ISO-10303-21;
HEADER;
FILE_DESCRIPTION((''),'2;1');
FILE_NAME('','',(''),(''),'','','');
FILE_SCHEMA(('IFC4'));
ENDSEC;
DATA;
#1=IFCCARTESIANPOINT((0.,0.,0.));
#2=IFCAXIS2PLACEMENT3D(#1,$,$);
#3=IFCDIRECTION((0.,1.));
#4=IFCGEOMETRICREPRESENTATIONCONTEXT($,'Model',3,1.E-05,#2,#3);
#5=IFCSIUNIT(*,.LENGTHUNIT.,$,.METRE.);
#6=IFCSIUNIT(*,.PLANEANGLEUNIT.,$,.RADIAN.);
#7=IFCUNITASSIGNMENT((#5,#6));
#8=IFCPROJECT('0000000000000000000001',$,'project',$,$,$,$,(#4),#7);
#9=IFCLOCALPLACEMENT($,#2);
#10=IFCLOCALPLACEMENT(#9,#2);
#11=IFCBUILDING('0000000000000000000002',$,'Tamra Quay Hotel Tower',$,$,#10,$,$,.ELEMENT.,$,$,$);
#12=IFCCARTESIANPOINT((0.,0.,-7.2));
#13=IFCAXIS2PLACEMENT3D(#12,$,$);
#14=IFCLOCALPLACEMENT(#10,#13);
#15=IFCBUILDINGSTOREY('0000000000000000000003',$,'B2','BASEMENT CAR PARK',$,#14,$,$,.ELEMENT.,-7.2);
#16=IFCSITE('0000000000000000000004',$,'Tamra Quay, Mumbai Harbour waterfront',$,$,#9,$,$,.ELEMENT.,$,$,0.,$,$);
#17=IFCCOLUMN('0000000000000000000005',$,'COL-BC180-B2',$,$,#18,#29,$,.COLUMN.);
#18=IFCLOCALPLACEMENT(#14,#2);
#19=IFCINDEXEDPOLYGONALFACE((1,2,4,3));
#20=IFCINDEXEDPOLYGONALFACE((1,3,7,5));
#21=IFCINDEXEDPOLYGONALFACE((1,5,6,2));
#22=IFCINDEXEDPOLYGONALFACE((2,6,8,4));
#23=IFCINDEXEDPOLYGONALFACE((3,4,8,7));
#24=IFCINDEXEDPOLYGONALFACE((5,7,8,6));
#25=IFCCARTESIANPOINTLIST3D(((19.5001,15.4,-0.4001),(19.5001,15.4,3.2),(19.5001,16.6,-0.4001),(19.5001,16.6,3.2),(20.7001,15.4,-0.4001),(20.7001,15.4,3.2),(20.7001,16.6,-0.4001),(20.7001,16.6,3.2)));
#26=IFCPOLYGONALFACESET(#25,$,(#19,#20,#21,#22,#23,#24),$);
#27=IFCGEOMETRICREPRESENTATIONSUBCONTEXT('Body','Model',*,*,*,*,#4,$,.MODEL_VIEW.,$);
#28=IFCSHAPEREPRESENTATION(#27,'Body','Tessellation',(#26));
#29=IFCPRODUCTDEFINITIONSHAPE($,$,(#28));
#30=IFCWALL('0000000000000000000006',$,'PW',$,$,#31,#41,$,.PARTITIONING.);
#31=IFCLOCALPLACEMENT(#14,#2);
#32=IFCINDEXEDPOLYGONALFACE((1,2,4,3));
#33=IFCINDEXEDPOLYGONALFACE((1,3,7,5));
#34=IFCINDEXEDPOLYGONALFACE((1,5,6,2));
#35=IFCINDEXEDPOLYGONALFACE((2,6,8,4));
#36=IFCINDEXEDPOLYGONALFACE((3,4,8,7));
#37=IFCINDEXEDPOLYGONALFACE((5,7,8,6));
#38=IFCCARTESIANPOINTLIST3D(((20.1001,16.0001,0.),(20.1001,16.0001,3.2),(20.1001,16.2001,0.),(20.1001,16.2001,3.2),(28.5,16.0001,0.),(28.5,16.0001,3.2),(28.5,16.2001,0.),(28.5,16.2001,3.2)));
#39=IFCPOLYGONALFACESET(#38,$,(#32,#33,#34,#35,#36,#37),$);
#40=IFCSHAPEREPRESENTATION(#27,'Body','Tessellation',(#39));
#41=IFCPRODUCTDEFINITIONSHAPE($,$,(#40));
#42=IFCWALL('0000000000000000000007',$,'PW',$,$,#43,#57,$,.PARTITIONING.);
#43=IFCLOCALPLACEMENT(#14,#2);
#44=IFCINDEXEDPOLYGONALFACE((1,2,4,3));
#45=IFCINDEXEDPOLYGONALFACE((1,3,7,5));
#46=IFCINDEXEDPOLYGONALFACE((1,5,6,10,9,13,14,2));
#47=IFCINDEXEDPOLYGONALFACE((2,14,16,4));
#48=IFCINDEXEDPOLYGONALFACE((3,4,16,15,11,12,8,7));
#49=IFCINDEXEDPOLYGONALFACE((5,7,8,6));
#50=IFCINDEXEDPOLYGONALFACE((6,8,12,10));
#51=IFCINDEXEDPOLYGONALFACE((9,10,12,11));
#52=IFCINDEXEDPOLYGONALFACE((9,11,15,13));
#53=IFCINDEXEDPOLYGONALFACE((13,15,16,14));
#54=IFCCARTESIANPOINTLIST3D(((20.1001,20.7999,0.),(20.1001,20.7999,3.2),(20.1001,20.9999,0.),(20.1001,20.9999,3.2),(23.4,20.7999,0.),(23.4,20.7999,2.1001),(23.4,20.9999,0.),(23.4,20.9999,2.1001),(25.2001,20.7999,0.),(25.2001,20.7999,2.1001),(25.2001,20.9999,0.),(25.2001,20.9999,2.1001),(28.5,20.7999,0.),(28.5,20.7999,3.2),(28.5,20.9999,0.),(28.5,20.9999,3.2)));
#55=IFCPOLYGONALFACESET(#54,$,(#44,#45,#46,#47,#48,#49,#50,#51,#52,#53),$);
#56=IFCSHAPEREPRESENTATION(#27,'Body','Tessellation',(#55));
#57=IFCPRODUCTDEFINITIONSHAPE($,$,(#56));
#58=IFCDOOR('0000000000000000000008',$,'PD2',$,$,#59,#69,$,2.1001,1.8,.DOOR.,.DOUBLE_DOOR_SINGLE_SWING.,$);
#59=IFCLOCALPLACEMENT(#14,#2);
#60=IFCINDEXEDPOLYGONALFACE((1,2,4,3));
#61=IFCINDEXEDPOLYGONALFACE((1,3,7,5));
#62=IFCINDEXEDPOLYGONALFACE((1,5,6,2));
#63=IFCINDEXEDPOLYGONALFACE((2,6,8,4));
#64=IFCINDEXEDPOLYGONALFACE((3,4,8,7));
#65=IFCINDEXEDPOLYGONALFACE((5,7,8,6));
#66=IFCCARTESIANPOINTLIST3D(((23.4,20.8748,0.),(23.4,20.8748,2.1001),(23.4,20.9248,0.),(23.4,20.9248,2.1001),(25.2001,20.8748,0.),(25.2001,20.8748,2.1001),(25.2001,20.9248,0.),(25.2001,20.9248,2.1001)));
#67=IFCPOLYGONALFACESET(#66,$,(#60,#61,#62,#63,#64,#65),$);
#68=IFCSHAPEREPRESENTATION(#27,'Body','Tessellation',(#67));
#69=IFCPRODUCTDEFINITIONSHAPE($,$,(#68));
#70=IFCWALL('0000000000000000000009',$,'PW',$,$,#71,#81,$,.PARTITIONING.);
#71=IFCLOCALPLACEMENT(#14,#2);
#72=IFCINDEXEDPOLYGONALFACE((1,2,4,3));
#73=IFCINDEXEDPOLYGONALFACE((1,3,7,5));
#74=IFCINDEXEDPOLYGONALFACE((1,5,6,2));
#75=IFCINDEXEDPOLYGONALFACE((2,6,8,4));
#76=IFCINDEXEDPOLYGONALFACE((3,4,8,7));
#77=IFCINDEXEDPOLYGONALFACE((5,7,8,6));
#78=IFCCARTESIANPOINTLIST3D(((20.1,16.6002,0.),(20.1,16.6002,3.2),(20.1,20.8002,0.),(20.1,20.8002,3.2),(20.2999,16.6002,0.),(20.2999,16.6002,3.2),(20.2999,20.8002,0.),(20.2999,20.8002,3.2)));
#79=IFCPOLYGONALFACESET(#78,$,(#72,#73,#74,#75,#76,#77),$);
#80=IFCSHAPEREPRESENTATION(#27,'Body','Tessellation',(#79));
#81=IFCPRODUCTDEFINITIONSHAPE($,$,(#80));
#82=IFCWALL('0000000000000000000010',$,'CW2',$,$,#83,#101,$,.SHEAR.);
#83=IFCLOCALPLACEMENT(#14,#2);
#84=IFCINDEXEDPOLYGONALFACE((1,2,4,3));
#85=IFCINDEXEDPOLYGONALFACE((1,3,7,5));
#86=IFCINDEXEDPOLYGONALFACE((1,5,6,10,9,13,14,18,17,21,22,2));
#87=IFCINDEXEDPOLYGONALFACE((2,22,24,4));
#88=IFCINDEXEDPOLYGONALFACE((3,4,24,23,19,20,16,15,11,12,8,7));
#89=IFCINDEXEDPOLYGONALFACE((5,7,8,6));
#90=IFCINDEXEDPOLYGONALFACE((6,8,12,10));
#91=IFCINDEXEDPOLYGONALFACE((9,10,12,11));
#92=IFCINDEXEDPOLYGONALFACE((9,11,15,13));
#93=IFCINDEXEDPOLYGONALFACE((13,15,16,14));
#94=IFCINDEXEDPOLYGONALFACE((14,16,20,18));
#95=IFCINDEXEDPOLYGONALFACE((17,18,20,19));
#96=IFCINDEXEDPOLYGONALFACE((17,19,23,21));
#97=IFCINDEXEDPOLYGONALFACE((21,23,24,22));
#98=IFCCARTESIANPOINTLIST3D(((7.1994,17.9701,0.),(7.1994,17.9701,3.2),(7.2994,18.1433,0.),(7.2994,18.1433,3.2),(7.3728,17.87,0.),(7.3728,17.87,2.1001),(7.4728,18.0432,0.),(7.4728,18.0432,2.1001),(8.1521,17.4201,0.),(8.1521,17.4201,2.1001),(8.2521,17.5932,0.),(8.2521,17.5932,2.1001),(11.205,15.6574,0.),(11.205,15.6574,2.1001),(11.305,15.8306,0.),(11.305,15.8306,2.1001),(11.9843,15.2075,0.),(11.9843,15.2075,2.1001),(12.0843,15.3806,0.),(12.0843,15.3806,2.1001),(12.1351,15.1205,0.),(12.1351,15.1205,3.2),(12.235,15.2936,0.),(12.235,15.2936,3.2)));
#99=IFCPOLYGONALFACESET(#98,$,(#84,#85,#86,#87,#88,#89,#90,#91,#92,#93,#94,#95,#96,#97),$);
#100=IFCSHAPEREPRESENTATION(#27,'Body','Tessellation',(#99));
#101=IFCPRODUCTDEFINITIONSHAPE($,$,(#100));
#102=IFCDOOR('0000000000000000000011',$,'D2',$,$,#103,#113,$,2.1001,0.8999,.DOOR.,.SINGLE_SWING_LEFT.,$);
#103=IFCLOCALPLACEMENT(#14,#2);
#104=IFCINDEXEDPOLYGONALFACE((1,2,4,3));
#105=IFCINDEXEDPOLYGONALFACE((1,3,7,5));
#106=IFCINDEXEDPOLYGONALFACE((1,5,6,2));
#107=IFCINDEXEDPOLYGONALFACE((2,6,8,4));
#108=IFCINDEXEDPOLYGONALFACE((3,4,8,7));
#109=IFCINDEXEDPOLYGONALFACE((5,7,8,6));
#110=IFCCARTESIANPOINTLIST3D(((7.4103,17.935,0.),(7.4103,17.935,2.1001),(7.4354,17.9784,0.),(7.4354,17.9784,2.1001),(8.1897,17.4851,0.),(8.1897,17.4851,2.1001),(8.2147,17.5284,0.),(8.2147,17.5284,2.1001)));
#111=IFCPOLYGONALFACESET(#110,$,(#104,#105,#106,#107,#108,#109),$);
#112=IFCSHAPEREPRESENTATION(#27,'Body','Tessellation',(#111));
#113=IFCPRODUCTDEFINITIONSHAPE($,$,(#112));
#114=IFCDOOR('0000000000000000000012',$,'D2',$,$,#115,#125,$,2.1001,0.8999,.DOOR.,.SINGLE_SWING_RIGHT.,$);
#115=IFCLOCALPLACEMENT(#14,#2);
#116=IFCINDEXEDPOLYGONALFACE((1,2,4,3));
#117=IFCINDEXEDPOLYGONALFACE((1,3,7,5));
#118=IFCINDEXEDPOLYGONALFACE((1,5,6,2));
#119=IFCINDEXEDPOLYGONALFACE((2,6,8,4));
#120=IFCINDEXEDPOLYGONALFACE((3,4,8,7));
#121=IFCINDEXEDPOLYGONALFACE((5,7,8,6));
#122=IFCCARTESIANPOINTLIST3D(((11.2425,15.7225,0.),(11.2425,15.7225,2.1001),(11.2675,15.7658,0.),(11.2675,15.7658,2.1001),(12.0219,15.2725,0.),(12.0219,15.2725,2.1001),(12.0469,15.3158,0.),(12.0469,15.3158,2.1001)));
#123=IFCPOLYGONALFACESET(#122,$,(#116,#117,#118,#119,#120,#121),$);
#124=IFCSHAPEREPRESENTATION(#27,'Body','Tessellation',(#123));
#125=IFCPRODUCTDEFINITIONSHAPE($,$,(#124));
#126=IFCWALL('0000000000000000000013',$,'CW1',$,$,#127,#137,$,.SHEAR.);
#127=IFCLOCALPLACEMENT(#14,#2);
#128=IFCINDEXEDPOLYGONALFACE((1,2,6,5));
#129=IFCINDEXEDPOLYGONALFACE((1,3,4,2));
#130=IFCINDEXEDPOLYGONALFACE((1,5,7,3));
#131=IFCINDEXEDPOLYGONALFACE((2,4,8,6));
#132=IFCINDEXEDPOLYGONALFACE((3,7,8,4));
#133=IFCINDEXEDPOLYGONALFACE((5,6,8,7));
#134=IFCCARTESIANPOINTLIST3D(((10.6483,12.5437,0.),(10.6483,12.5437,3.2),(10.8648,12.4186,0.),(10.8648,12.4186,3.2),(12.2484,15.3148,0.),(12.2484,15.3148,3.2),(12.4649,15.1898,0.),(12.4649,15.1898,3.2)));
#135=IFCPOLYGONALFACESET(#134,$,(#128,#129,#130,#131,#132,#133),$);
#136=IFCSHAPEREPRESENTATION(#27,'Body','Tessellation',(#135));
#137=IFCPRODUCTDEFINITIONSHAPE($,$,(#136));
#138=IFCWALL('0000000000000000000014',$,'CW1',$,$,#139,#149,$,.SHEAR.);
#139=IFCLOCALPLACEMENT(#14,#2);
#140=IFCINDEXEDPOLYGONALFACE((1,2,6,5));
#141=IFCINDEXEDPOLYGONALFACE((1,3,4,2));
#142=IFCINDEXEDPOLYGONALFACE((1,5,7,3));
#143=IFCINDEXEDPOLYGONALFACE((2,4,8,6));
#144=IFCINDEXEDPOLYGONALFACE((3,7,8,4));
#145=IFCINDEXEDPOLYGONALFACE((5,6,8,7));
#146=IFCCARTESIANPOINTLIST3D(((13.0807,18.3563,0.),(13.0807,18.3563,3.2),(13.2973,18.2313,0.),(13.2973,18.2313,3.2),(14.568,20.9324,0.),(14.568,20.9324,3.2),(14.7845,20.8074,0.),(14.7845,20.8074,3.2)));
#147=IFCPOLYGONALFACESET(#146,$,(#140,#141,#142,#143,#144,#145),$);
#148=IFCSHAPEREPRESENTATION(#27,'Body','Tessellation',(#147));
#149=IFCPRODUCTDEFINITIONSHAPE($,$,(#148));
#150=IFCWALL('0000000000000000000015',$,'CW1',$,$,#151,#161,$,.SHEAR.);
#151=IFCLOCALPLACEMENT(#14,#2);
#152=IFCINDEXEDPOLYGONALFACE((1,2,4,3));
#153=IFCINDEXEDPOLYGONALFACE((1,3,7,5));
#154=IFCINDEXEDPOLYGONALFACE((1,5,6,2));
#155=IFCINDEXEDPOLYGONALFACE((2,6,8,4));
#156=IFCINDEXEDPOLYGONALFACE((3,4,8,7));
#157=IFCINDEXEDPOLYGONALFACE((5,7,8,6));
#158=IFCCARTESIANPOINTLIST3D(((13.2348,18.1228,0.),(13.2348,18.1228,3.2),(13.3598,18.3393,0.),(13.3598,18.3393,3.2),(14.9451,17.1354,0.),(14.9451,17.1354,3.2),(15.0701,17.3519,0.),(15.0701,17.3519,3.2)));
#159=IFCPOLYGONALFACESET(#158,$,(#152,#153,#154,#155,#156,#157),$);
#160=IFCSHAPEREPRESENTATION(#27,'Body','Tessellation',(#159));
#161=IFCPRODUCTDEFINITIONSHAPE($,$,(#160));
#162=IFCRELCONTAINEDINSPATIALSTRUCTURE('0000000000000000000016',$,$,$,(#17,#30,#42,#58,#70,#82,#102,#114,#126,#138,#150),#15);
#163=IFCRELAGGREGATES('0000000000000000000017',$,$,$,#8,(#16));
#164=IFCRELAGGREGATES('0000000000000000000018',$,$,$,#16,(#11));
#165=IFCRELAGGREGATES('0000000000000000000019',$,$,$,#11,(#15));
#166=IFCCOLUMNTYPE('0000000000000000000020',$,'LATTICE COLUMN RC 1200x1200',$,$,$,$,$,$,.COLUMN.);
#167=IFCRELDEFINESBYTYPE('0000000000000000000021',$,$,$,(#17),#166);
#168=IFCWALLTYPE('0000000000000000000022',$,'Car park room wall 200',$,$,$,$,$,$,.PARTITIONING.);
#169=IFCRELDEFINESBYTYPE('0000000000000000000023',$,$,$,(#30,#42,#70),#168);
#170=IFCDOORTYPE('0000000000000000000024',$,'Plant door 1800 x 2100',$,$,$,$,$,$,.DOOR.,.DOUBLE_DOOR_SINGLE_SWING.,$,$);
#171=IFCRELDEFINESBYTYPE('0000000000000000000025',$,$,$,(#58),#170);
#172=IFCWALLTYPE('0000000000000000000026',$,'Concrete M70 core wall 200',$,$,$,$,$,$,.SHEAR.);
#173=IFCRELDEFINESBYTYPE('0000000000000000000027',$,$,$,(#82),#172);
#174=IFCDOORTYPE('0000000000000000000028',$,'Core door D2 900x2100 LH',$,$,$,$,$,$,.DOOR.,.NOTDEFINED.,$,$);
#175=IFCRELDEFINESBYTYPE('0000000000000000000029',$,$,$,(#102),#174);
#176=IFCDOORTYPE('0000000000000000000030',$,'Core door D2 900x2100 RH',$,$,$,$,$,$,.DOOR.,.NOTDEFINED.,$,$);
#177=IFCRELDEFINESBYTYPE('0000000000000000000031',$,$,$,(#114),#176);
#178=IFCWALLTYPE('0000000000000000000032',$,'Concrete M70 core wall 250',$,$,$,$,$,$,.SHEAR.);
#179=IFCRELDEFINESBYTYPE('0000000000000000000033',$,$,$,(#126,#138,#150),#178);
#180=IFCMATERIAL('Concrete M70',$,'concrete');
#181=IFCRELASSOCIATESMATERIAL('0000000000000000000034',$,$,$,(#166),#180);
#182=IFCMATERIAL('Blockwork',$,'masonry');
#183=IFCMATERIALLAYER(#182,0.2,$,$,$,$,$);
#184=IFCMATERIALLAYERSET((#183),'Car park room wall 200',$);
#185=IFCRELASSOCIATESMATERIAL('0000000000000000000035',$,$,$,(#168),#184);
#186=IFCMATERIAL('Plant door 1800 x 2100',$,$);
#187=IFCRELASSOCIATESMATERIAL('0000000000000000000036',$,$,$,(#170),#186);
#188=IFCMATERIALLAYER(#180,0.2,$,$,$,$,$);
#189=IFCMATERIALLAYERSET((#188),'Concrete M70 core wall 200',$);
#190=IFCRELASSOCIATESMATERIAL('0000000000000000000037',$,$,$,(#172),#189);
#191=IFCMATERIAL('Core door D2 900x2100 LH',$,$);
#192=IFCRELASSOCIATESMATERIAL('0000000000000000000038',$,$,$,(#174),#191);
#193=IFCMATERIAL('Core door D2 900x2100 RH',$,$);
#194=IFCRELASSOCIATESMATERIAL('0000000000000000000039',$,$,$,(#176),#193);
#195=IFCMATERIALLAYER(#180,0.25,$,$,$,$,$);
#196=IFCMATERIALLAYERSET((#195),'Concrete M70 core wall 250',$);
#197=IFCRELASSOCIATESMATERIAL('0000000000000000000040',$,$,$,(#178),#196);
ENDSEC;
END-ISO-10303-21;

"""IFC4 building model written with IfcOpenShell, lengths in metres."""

from ifc_helpers import new_model, si_unit, direction, frame, frame_2d, origin, origin_2d, place, context, subcontext, project, spatial, rectangle, extrude, material, layer, layer_set, material_profile, profile_set, type_object, element, fill, save


model = new_model("IFC4")

# Units and contexts
model_context = context("Model", 3, precision=1e-05, world=origin(), true_north=direction((0.0, 1.0)))
body_context = subcontext(model_context, "Body", "Model", "MODEL_VIEW")
ifc_project = project(units=[si_unit("LENGTHUNIT", "METRE"), si_unit("PLANEANGLEUNIT", "RADIAN")], contexts=[model_context])

# Site, building, storey
site_placement = place(None, origin())
site = spatial("IfcSite", under=ifc_project, at=site_placement, Name="Tamra Quay, Mumbai Harbour waterfront", CompositionType="ELEMENT", RefElevation=0.0)
building_placement = place(site_placement, origin())
building = spatial("IfcBuilding", under=site, at=building_placement, Name="Tamra Quay Hotel Tower", CompositionType="ELEMENT")
storey_placement = place(building_placement, frame((0.0, 0.0, -7.2)))
storey = spatial("IfcBuildingStorey", under=building, at=storey_placement, Name="B2", Description="BASEMENT CAR PARK", CompositionType="ELEMENT", Elevation=-7.2)

# Column
ifc_material_1 = material(Name="Concrete M70", Category="concrete")
ifc_material_profile = material_profile(ifc_material_1, rectangle(XDim=1.2, YDim=1.2, at=origin_2d()), Name="LATTICE COLUMN RC 1200x1200")
ifc_profile_set = profile_set([ifc_material_profile], Name="Concrete M70")
column_type = type_object("IfcColumnType", Name="LATTICE COLUMN RC 1200x1200", PredefinedType="COLUMN", material=ifc_profile_set)
column_placement = place(storey_placement, frame((20.1001, 16.0, -0.4001), z_axis=(0.0, 0.0, 1.0), x_axis=(1.0, 0.0, 0.0)))
element("IfcColumn", 1, at=column_placement, inside=storey, type_object=column_type, Name="COL-BC180-B2", PredefinedType="COLUMN", context=body_context, shape_type="SweptSolid", body=[
    extrude(rectangle(XDim=1.2, YDim=1.2, at=origin_2d()), origin(), (0.0, 0.0, 1.0), 3.6001),
])

# Wall
ifc_material_2 = material(Name="Blockwork", Category="masonry")
ifc_layer_1 = layer(ifc_material_2, 0.2)
ifc_layer_set_1 = layer_set([ifc_layer_1], Name="Car park room wall 200")
wall_type_1 = type_object("IfcWallType", Name="Car park room wall 200", PredefinedType="PARTITIONING", material=ifc_layer_set_1)
wall_1_placement = place(storey_placement, frame((20.1001, 16.1001, 0.0), z_axis=(0.0, 0.0, 1.0), x_axis=(1.0, 0.0, 0.0)))
element("IfcWall", 2, at=wall_1_placement, inside=storey, type_object=wall_type_1, Name="PW", PredefinedType="PARTITIONING", context=body_context, shape_type="SweptSolid", body=[
    extrude(rectangle(XDim=8.3999, YDim=0.2, at=frame_2d((4.2, 0.0))), origin(), (0.0, 0.0, 1.0), 3.2),
])

# Wall, opening, door
wall_2_placement = place(storey_placement, frame((20.1001, 20.8999, 0.0), z_axis=(0.0, 0.0, 1.0), x_axis=(1.0, 0.0, 0.0)))
wall_2 = element("IfcWall", 3, at=wall_2_placement, inside=storey, type_object=wall_type_1, Name="PW", PredefinedType="PARTITIONING", context=body_context, shape_type="SweptSolid", body=[
    extrude(rectangle(XDim=8.3999, YDim=0.2, at=frame_2d((4.2, 0.0))), origin(), (0.0, 0.0, 1.0), 3.2),
])
opening_1_placement = place(wall_2_placement, frame((3.3, 0.0, 0.0)))
opening_1 = element("IfcOpeningElement", 4, at=opening_1_placement, cuts=wall_2, PredefinedType="OPENING", context=body_context, shape_type="SweptSolid", body=[
    extrude(rectangle(XDim=1.8, YDim=2.1001, at=frame_2d((0.8999, 1.05))), frame((0.0, 0.1099, 0.0), z_axis=(0.0, -1.0, 0.0), x_axis=(1.0, 0.0, 0.0)), (0.0, 0.0, 1.0), 0.22),
])
ifc_material_3 = material(Name="Plant door 1800 x 2100")
door_type_1 = type_object("IfcDoorType", Name="Plant door 1800 x 2100", OperationType="DOUBLE_DOOR_SINGLE_SWING", PredefinedType="DOOR", material=ifc_material_3)
door_1_placement = place(opening_1_placement, origin())
door_1 = element("IfcDoor", 5, at=door_1_placement, inside=storey, type_object=door_type_1, Name="PD2", OperationType="DOUBLE_DOOR_SINGLE_SWING", OverallHeight=2.1001, OverallWidth=1.8, PredefinedType="DOOR", context=body_context, shape_type="SweptSolid", body=[
    extrude(rectangle(XDim=1.8, YDim=2.1001, at=frame_2d((0.8999, 1.05))), frame((0.0, 0.0249, 0.0), z_axis=(0.0, -1.0, 0.0), x_axis=(1.0, 0.0, 0.0)), (0.0, 0.0, 1.0), 0.05),
])
fill(opening_1, door_1)

# Wall
wall_3_placement = place(storey_placement, frame((20.2, 16.6001, 0.0), z_axis=(0.0, 0.0, 1.0), x_axis=(0.0, 1.0, 0.0)))
element("IfcWall", 6, at=wall_3_placement, inside=storey, type_object=wall_type_1, Name="PW", PredefinedType="PARTITIONING", context=body_context, shape_type="SweptSolid", body=[
    extrude(rectangle(XDim=4.2, YDim=0.2, at=frame_2d((2.1001, 0.0))), origin(), (0.0, 0.0, 1.0), 3.2),
])

# Wall, openings, doors
ifc_layer_2 = layer(ifc_material_1, 0.2)
ifc_layer_set_2 = layer_set([ifc_layer_2], Name="Concrete M70 core wall 200")
wall_type_2 = type_object("IfcWallType", Name="Concrete M70 core wall 200", PredefinedType="SHEAR", material=ifc_layer_set_2)
wall_4_placement = place(storey_placement, frame((12.1851, 15.207, 0.0), z_axis=(0.0, 0.0, 1.0), x_axis=(-0.86602, 0.500009, 0.0)))
wall_4 = element("IfcWall", 7, at=wall_4_placement, inside=storey, type_object=wall_type_2, Name="CW2", PredefinedType="SHEAR", context=body_context, shape_type="SweptSolid", body=[
    extrude(rectangle(XDim=5.6992, YDim=0.2, at=frame_2d((2.8496, 0.0))), origin(), (0.0, 0.0, 1.0), 3.2),
])
opening_2_placement = place(wall_4_placement, frame((0.1741, 0.0, 0.0)))
opening_2 = element("IfcOpeningElement", 8, at=opening_2_placement, cuts=wall_4, PredefinedType="OPENING", context=body_context, shape_type="SweptSolid", body=[
    extrude(rectangle(XDim=0.8999, YDim=2.1001, at=frame_2d((0.45, 1.05))), frame((0.0, 0.1099, 0.0), z_axis=(0.0, -1.0, 0.0), x_axis=(1.0, 0.0, 0.0)), (0.0, 0.0, 1.0), 0.22),
])
opening_3_placement = place(wall_4_placement, frame((4.5991, 0.0, 0.0)))
opening_3 = element("IfcOpeningElement", 9, at=opening_3_placement, cuts=wall_4, PredefinedType="OPENING", context=body_context, shape_type="SweptSolid", body=[
    extrude(rectangle(XDim=0.8999, YDim=2.1001, at=frame_2d((0.45, 1.05))), frame((0.0, 0.1099, 0.0), z_axis=(0.0, -1.0, 0.0), x_axis=(1.0, 0.0, 0.0)), (0.0, 0.0, 1.0), 0.22),
])
ifc_material_4 = material(Name="Core door D2 900x2100 LH")
door_type_2 = type_object("IfcDoorType", Name="Core door D2 900x2100 LH", OperationType="NOTDEFINED", PredefinedType="DOOR", material=ifc_material_4)
door_2_placement = place(opening_3_placement, origin())
door_2 = element("IfcDoor", 10, at=door_2_placement, inside=storey, type_object=door_type_2, Name="D2", OperationType="SINGLE_SWING_LEFT", OverallHeight=2.1001, OverallWidth=0.8999, PredefinedType="DOOR", context=body_context, shape_type="SweptSolid", body=[
    extrude(rectangle(XDim=0.8999, YDim=2.1001, at=frame_2d((0.45, 1.05))), frame((0.0, 0.0249, 0.0), z_axis=(0.0, -1.0, 0.0), x_axis=(1.0, 0.0, 0.0)), (0.0, 0.0, 1.0), 0.05),
])
fill(opening_3, door_2)
ifc_material_5 = material(Name="Core door D2 900x2100 RH")
door_type_3 = type_object("IfcDoorType", Name="Core door D2 900x2100 RH", OperationType="NOTDEFINED", PredefinedType="DOOR", material=ifc_material_5)
door_3_placement = place(opening_2_placement, origin())
door_3 = element("IfcDoor", 11, at=door_3_placement, inside=storey, type_object=door_type_3, Name="D2", OperationType="SINGLE_SWING_RIGHT", OverallHeight=2.1001, OverallWidth=0.8999, PredefinedType="DOOR", context=body_context, shape_type="SweptSolid", body=[
    extrude(rectangle(XDim=0.8999, YDim=2.1001, at=frame_2d((0.45, 1.05))), frame((0.0, 0.0249, 0.0), z_axis=(0.0, -1.0, 0.0), x_axis=(1.0, 0.0, 0.0)), (0.0, 0.0, 1.0), 0.05),
])
fill(opening_2, door_3)

# Walls
ifc_layer_3 = layer(ifc_material_1, 0.25)
ifc_layer_set_3 = layer_set([ifc_layer_3], Name="Concrete M70 core wall 250")
wall_type_3 = type_object("IfcWallType", Name="Concrete M70 core wall 250", PredefinedType="SHEAR", material=ifc_layer_set_3)
wall_5_placement = place(storey_placement, frame((12.3567, 15.2524, 0.0), z_axis=(0.0, 0.0, 1.0), x_axis=(-0.500028, -0.866009, 0.0)))
element("IfcWall", 12, at=wall_5_placement, inside=storey, type_object=wall_type_3, Name="CW1", PredefinedType="SHEAR", context=body_context, shape_type="SweptSolid", body=[
    extrude(rectangle(XDim=3.2, YDim=0.25, at=frame_2d((1.6001, 0.0))), origin(), (0.0, 0.0, 1.0), 3.2),
])
wall_6_placement = place(storey_placement, frame((14.6763, 20.8699, 0.0), z_axis=(0.0, 0.0, 1.0), x_axis=(-0.499988, -0.866033, 0.0)))
element("IfcWall", 13, at=wall_6_placement, inside=storey, type_object=wall_type_3, Name="CW1", PredefinedType="SHEAR", context=body_context, shape_type="SweptSolid", body=[
    extrude(rectangle(XDim=2.9746, YDim=0.25, at=frame_2d((1.4873, 0.0))), origin(), (0.0, 0.0, 1.0), 3.2),
])
wall_7_placement = place(storey_placement, frame((13.2974, 18.231, 0.0), z_axis=(0.0, 0.0, 1.0), x_axis=(0.866044, -0.499969, 0.0)))
element("IfcWall", 14, at=wall_7_placement, inside=storey, type_object=wall_type_3, Name="CW1", PredefinedType="SHEAR", context=body_context, shape_type="SweptSolid", body=[
    extrude(rectangle(XDim=1.9749, YDim=0.25, at=frame_2d((0.9873, 0.0))), origin(), (0.0, 0.0, 1.0), 3.2),
])

save(model, "model.ifc")
